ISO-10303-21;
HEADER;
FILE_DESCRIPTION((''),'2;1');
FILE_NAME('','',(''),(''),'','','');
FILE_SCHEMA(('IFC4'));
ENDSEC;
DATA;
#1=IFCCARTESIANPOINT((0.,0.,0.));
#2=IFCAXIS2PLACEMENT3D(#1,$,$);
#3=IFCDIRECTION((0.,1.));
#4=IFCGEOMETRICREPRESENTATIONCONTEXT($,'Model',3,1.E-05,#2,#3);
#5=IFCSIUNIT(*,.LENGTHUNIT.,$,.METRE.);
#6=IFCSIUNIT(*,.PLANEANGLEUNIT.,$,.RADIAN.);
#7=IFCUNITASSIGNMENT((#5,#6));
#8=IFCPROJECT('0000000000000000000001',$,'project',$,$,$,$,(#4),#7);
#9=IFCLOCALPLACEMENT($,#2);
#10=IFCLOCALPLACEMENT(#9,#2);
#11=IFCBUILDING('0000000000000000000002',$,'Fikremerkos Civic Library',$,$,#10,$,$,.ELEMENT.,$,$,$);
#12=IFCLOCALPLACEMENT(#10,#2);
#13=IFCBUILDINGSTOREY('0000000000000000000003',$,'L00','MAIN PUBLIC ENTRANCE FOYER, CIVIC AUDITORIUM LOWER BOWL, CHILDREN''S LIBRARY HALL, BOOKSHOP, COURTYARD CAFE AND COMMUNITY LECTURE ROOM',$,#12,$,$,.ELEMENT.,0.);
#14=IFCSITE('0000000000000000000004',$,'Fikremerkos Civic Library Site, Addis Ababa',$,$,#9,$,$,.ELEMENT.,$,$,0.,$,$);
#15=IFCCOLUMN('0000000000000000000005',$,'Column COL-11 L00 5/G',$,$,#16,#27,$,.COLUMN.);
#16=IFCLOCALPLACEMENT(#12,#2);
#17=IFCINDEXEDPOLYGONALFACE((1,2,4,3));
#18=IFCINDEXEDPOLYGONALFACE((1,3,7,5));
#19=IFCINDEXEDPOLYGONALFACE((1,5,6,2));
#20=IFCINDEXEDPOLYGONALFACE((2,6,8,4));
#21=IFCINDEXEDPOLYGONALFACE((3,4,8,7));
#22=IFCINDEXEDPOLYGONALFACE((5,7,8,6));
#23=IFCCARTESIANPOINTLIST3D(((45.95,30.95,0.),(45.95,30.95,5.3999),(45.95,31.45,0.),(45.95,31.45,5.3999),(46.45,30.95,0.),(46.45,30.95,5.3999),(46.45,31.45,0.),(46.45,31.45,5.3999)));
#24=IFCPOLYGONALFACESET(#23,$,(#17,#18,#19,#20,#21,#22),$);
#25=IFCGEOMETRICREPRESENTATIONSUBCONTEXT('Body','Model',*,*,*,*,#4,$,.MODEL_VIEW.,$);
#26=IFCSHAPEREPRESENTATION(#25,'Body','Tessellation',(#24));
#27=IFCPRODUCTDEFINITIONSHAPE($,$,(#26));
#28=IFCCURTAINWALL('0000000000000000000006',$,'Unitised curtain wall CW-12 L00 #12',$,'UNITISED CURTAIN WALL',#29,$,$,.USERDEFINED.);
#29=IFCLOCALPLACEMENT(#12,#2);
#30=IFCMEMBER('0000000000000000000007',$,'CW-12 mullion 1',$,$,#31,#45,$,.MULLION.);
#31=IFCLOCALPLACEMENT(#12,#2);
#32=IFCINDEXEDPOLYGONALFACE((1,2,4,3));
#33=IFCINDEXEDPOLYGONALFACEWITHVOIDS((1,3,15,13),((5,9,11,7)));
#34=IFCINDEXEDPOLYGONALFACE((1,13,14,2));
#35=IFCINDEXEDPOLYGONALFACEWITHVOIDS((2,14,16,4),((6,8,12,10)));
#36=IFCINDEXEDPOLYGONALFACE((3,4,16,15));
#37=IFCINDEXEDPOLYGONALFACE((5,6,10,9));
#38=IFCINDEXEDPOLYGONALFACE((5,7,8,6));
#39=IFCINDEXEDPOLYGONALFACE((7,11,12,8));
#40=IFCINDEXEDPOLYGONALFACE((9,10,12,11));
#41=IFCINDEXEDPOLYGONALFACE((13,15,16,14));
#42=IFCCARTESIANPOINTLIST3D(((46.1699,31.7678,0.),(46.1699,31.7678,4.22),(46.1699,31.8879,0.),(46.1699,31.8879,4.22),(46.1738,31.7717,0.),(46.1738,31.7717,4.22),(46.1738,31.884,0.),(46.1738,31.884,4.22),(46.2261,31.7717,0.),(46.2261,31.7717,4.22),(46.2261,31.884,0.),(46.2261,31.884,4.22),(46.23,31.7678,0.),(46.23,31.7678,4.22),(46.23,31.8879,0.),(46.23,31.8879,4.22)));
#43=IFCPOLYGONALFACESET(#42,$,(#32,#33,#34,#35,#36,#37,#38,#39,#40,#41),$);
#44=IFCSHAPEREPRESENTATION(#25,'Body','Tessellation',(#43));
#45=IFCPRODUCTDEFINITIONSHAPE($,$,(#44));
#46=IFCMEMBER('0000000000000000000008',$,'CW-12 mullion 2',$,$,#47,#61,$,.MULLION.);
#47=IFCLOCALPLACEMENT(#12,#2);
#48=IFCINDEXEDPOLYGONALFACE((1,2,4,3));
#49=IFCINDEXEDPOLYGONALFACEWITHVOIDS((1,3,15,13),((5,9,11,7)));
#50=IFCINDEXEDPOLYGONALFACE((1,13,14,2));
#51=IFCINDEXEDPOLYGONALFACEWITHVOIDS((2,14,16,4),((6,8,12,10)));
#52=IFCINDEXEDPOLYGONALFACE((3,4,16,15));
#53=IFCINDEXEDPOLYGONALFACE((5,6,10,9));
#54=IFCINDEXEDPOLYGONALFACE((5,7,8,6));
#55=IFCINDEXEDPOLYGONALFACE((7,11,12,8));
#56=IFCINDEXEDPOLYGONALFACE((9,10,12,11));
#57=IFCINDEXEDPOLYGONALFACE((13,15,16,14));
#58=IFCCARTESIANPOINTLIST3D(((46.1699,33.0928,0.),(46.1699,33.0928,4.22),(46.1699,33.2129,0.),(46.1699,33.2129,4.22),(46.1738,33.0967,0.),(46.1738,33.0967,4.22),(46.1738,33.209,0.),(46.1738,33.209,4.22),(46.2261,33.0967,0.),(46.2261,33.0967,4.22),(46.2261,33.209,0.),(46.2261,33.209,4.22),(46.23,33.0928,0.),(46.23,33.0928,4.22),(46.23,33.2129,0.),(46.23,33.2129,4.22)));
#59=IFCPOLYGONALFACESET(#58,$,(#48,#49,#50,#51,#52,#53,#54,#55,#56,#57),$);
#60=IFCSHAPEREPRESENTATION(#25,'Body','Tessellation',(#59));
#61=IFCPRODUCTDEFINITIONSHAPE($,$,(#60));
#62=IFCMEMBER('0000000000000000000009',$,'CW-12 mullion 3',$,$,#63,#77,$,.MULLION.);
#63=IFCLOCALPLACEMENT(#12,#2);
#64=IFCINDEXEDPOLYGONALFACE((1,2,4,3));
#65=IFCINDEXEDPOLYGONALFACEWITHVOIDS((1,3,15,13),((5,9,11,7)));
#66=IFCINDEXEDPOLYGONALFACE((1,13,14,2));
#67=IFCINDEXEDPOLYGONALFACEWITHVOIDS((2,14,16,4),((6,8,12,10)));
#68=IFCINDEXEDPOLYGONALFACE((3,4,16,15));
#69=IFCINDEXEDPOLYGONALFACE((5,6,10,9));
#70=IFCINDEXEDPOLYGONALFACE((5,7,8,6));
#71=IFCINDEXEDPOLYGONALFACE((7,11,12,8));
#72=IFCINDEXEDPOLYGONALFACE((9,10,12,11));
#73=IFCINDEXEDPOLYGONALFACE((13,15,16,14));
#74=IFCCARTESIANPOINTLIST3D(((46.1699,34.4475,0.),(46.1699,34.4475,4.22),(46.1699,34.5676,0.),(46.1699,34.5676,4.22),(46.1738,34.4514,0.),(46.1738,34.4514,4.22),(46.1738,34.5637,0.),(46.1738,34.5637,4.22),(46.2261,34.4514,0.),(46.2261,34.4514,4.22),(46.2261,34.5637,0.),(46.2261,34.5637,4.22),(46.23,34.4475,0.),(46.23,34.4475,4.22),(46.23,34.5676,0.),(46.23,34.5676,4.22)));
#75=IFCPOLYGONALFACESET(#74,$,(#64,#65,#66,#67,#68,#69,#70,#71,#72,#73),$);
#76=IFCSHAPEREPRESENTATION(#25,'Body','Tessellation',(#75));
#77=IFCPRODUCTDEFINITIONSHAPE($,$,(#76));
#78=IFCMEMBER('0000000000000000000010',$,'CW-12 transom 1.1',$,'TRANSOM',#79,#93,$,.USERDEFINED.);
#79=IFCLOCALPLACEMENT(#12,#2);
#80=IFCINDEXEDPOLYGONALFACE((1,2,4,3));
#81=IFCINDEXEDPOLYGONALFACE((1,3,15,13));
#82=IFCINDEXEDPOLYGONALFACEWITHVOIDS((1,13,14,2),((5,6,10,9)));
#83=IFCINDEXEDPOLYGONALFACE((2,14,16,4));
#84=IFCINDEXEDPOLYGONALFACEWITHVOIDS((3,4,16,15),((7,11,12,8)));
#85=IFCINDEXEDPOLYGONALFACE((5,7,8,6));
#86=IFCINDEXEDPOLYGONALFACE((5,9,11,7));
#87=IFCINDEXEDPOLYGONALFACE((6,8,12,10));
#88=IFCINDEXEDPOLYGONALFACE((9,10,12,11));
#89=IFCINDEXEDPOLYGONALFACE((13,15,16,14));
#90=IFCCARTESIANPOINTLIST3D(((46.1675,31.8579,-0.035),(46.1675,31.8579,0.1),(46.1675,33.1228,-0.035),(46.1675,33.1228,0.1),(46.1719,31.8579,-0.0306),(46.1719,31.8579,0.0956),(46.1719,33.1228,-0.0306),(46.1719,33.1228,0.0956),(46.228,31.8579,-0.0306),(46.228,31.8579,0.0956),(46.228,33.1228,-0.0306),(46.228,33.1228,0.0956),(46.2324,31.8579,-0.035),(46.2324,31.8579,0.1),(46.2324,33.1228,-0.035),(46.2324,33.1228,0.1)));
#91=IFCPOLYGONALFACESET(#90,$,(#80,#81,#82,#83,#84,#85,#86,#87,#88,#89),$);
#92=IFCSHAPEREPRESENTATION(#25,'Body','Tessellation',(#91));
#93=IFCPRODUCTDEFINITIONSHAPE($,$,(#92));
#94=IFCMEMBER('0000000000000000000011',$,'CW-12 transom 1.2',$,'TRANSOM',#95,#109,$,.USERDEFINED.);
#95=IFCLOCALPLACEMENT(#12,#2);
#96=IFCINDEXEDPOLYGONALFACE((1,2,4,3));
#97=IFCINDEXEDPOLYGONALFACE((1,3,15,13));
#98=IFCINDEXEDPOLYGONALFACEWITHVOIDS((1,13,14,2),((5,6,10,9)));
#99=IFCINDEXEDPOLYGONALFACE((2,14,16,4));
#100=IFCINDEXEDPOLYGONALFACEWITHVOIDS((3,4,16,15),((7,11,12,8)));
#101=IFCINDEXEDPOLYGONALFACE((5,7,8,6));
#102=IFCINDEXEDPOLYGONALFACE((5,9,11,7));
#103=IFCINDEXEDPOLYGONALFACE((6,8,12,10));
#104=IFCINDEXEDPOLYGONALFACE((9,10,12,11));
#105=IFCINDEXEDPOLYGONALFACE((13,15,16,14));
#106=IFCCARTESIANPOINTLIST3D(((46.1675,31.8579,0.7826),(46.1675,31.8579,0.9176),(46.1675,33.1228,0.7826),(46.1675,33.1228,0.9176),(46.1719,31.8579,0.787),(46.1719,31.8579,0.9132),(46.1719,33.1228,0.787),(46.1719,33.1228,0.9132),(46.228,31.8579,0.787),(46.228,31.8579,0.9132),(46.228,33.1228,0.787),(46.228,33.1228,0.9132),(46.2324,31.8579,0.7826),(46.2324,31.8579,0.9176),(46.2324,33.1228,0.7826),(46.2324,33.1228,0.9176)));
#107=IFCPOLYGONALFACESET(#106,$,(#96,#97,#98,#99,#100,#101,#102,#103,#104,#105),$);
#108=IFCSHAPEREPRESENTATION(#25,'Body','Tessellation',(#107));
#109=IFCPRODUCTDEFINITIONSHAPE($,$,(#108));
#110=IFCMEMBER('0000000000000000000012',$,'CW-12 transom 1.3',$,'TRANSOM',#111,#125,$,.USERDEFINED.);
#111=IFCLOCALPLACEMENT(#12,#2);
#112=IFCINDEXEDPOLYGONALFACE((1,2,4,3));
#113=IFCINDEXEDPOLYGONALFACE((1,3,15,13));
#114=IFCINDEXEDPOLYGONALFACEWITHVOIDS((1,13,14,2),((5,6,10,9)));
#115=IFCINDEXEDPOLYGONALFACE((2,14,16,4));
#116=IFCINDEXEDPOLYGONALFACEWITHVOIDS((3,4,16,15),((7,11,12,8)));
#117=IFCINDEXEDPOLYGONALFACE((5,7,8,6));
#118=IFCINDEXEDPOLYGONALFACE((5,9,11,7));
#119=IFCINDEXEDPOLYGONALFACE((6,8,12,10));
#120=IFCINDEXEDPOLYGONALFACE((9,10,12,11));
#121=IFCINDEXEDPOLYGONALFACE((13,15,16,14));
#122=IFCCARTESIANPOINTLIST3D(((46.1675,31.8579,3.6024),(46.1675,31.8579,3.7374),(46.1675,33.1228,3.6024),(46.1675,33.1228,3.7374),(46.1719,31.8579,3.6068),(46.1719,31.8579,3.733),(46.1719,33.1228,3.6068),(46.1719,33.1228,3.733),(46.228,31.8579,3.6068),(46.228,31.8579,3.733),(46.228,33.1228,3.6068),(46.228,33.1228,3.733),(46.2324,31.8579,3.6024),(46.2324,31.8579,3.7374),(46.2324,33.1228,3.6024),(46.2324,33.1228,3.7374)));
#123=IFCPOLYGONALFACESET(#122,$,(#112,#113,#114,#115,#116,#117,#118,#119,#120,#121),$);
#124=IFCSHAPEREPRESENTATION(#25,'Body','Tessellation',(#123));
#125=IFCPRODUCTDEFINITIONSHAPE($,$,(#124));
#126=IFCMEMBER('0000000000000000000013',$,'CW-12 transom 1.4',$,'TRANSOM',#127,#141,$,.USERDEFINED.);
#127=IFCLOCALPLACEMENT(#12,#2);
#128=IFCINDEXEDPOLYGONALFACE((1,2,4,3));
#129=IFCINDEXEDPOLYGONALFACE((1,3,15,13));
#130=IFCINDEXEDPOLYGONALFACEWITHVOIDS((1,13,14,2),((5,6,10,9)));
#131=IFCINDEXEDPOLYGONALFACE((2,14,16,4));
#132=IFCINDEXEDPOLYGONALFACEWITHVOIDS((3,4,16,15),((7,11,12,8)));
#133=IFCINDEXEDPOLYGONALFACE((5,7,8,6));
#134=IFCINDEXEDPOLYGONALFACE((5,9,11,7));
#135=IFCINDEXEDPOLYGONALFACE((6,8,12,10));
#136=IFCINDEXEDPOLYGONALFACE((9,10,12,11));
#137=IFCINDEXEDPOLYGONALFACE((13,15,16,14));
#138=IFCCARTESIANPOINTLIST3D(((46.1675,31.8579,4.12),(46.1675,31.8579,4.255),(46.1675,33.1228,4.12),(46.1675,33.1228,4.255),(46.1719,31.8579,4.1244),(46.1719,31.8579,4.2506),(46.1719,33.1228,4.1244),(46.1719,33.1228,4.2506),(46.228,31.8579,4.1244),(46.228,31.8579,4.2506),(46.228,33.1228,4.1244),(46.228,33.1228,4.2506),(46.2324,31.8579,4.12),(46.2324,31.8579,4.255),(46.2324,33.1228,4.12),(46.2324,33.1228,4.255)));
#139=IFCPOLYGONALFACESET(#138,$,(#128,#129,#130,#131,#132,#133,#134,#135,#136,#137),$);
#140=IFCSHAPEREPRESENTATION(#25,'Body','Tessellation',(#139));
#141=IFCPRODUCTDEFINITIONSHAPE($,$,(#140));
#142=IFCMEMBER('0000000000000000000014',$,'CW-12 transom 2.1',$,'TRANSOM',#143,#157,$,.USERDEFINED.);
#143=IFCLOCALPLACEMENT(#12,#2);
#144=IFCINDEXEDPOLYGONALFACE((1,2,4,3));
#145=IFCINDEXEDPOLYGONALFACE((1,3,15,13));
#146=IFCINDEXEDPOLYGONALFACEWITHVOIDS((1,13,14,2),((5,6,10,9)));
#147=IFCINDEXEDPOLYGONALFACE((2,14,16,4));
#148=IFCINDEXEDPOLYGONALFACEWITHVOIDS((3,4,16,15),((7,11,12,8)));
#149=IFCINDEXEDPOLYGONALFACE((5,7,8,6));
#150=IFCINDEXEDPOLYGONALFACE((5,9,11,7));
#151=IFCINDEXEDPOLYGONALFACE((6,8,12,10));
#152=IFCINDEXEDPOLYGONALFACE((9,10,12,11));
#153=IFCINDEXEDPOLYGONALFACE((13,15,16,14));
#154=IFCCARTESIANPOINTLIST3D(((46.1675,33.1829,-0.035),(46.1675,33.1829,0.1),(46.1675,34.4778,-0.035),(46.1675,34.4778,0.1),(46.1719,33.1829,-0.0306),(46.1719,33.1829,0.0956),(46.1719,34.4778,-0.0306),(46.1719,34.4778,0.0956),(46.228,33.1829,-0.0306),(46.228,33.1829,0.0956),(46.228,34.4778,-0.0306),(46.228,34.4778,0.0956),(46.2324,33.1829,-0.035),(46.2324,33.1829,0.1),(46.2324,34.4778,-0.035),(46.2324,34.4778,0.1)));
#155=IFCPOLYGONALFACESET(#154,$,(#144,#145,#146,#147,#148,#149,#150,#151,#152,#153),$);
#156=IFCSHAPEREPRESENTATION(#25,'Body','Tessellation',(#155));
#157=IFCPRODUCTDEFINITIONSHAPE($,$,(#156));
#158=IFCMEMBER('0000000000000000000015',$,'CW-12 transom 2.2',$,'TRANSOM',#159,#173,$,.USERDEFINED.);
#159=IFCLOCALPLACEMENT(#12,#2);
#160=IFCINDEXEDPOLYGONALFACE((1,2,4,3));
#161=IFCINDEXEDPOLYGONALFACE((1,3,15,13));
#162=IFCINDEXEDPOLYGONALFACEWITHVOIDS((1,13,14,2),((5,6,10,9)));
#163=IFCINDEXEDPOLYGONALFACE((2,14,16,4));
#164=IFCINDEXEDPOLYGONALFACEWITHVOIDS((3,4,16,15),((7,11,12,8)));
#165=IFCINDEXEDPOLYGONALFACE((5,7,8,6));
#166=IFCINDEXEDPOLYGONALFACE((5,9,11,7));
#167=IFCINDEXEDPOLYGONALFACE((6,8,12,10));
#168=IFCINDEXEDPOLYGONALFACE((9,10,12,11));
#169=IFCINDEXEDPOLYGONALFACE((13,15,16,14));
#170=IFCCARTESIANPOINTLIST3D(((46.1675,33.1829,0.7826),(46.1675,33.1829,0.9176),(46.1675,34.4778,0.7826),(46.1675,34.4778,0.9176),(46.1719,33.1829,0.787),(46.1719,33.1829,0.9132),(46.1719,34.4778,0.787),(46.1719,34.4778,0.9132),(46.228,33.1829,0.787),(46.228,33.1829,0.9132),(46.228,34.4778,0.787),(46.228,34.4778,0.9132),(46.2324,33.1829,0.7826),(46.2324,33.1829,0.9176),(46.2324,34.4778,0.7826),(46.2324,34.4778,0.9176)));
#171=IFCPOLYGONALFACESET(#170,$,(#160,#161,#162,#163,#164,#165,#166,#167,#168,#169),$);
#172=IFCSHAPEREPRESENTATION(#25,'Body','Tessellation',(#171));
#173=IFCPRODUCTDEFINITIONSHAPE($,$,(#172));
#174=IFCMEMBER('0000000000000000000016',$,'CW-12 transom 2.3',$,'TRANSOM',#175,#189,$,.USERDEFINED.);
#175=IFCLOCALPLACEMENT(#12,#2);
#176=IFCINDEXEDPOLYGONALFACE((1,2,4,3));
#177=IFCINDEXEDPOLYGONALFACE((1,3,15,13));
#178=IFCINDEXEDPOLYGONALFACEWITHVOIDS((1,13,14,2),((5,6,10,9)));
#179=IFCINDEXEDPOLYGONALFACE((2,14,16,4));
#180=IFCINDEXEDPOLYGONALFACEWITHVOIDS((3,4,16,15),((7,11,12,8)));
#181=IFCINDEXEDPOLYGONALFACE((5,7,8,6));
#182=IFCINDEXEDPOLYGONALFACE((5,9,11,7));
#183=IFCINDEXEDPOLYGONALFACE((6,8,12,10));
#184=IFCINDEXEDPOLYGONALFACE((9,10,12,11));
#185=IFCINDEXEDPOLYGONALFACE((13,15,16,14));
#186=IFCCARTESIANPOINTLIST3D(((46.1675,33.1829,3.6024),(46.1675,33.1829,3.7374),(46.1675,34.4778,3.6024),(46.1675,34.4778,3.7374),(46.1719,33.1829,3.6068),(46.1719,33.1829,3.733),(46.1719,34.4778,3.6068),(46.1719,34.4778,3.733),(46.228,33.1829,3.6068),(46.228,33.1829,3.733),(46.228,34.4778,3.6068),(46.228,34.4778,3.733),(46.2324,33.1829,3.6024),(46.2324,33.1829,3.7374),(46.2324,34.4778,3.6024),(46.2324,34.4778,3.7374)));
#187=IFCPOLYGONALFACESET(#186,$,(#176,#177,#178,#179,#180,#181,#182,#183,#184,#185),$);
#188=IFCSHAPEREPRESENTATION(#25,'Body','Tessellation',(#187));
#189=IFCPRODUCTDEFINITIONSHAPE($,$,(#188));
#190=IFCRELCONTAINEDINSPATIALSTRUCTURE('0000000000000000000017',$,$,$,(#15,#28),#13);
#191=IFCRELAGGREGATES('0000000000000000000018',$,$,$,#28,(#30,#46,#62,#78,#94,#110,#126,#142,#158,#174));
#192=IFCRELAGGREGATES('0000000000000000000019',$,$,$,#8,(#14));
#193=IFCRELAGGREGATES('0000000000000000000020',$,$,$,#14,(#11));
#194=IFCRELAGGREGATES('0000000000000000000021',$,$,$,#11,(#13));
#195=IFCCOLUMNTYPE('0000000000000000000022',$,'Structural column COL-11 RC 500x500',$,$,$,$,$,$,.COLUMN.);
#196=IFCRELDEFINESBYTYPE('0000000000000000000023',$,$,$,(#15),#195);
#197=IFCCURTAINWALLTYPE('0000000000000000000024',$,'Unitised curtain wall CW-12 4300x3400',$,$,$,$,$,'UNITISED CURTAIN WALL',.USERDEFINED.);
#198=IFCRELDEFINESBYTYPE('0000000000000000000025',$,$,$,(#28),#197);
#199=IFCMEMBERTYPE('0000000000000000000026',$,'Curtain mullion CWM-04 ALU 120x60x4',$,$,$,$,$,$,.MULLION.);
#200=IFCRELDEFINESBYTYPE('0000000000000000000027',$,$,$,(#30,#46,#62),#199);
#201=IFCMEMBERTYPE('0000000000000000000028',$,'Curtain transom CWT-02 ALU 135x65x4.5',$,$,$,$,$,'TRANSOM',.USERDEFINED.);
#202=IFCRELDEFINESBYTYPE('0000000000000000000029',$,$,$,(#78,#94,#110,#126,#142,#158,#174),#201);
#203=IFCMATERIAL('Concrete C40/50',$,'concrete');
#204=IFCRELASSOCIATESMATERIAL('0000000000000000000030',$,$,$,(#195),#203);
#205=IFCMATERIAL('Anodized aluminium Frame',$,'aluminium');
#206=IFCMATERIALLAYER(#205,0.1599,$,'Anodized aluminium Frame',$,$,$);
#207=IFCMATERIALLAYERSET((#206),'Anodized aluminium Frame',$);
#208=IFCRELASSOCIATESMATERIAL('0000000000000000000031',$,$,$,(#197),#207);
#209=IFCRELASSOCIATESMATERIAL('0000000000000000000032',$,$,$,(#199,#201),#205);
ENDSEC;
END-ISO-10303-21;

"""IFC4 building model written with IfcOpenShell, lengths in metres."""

from ifc_helpers import new_model, si_unit, direction, frame, origin, origin_2d, place, context, subcontext, project, spatial, rectangle, hollow_rectangle, extrude, material, layer, layer_set, material_profile, profile_set, type_object, element, aggregate, save


model = new_model("IFC4")

# Units and contexts
model_context = context("Model", 3, precision=1e-05, world=origin(), true_north=direction((0.0, 1.0)))
body_context = subcontext(model_context, "Body", "Model", "MODEL_VIEW")
ifc_project = project(units=[si_unit("LENGTHUNIT", "METRE"), si_unit("PLANEANGLEUNIT", "RADIAN")], contexts=[model_context])

# Site, building, storey
site_placement = place(None, origin())
site = spatial("IfcSite", under=ifc_project, at=site_placement, Name="Fikremerkos Civic Library Site, Addis Ababa", CompositionType="ELEMENT", RefElevation=0.0)
building_placement = place(site_placement, origin())
building = spatial("IfcBuilding", under=site, at=building_placement, Name="Fikremerkos Civic Library", CompositionType="ELEMENT")
storey_placement = place(building_placement, origin())
storey = spatial("IfcBuildingStorey", under=building, at=storey_placement, Name="L00", Description="MAIN PUBLIC ENTRANCE FOYER, CIVIC AUDITORIUM LOWER BOWL, CHILDREN'S LIBRARY HALL, BOOKSHOP, COURTYARD CAFE AND COMMUNITY LECTURE ROOM", CompositionType="ELEMENT", Elevation=0.0)

# Column
ifc_material_1 = material(Name="Concrete C40/50", Category="concrete")
ifc_material_profile_1 = material_profile(ifc_material_1, rectangle(XDim=0.5, YDim=0.5, at=origin_2d()), Name="RC 500x500")
ifc_profile_set_1 = profile_set([ifc_material_profile_1], Name="Concrete C40/50")
column_type = type_object("IfcColumnType", Name="Structural column COL-11 RC 500x500", PredefinedType="COLUMN", material=ifc_profile_set_1)
column_placement = place(storey_placement, frame((46.2, 31.2, 0.0), z_axis=(0.0, 0.0, 1.0), x_axis=(1.0, 0.0, 0.0)))
element("IfcColumn", 1, at=column_placement, inside=storey, type_object=column_type, Name="Column COL-11 L00 5/G", PredefinedType="COLUMN", context=body_context, shape_type="SweptSolid", body=[
    extrude(rectangle(XDim=0.5, YDim=0.5, at=origin_2d()), origin(), (0.0, 0.0, 1.0), 5.3999),
])

# Curtain wall, members
ifc_material_2 = material(Name="Anodized aluminium Frame", Category="aluminium")
ifc_layer_1 = layer(ifc_material_2, 0.1599, Name="Anodized aluminium Frame")
ifc_layer_set_1 = layer_set([ifc_layer_1], Name="Anodized aluminium Frame")
curtain_wall_type = type_object("IfcCurtainWallType", Name="Unitised curtain wall CW-12 4300x3400", ElementType="UNITISED CURTAIN WALL", PredefinedType="USERDEFINED", material=ifc_layer_set_1)
curtain_wall_placement = place(storey_placement, origin())
curtain_wall = element("IfcCurtainWall", 2, at=curtain_wall_placement, inside=storey, type_object=curtain_wall_type, Name="Unitised curtain wall CW-12 L00 #12", ObjectType="UNITISED CURTAIN WALL", PredefinedType="USERDEFINED")
ifc_material_profile_2 = material_profile(ifc_material_2, hollow_rectangle(XDim=0.0601, YDim=0.1201, WallThickness=0.0039, at=origin_2d()), Name="ALU 120x60x4")
ifc_profile_set_2 = profile_set([ifc_material_profile_2], Name="Anodized aluminium Frame")
member_type_1 = type_object("IfcMemberType", Name="Curtain mullion CWM-04 ALU 120x60x4", PredefinedType="MULLION", material=ifc_profile_set_2)
member_1_placement = place(storey_placement, frame((46.2, 31.8279, 0.0), z_axis=(0.0, 0.0, 1.0), x_axis=(-1.0, 0.0, 0.0)))
member_1 = element("IfcMember", 3, at=member_1_placement, type_object=member_type_1, Name="CW-12 mullion 1", PredefinedType="MULLION", context=body_context, shape_type="SweptSolid", body=[
    extrude(hollow_rectangle(XDim=0.0601, YDim=0.1201, WallThickness=0.0039, at=origin_2d()), origin(), (0.0, 0.0, 1.0), 4.22),
])
member_2_placement = place(storey_placement, frame((46.2, 33.1528, 0.0), z_axis=(0.0, 0.0, 1.0), x_axis=(-1.0, 0.0, 0.0)))
member_2 = element("IfcMember", 4, at=member_2_placement, type_object=member_type_1, Name="CW-12 mullion 2", PredefinedType="MULLION", context=body_context, shape_type="SweptSolid", body=[
    extrude(hollow_rectangle(XDim=0.0601, YDim=0.1201, WallThickness=0.0039, at=origin_2d()), origin(), (0.0, 0.0, 1.0), 4.22),
])
member_3_placement = place(storey_placement, frame((46.2, 34.5076, 0.0), z_axis=(0.0, 0.0, 1.0), x_axis=(-1.0, 0.0, 0.0)))
member_3 = element("IfcMember", 5, at=member_3_placement, type_object=member_type_1, Name="CW-12 mullion 3", PredefinedType="MULLION", context=body_context, shape_type="SweptSolid", body=[
    extrude(hollow_rectangle(XDim=0.0601, YDim=0.1201, WallThickness=0.0039, at=origin_2d()), origin(), (0.0, 0.0, 1.0), 4.22),
])
ifc_material_profile_3 = material_profile(ifc_material_2, hollow_rectangle(XDim=0.0649, YDim=0.135, WallThickness=0.0044, at=origin_2d()), Name="ALU 135x65x4.5")
ifc_profile_set_3 = profile_set([ifc_material_profile_3], Name="Anodized aluminium Frame")
member_type_2 = type_object("IfcMemberType", Name="Curtain transom CWT-02 ALU 135x65x4.5", ElementType="TRANSOM", PredefinedType="USERDEFINED", material=ifc_profile_set_3)
member_4_placement = place(storey_placement, frame((46.2, 31.8579, 0.0325), z_axis=(0.0, 1.0, 0.0), x_axis=(-1.0, 0.0, 0.0)))
member_4 = element("IfcMember", 6, at=member_4_placement, type_object=member_type_2, Name="CW-12 transom 1.1", ObjectType="TRANSOM", PredefinedType="USERDEFINED", context=body_context, shape_type="SweptSolid", body=[
    extrude(hollow_rectangle(XDim=0.0649, YDim=0.135, WallThickness=0.0044, at=origin_2d()), origin(), (0.0, 0.0, 1.0), 1.2649),
])
member_5_placement = place(storey_placement, frame((46.2, 31.8579, 0.8501), z_axis=(0.0, 1.0, 0.0), x_axis=(-1.0, 0.0, 0.0)))
member_5 = element("IfcMember", 7, at=member_5_placement, type_object=member_type_2, Name="CW-12 transom 1.2", ObjectType="TRANSOM", PredefinedType="USERDEFINED", context=body_context, shape_type="SweptSolid", body=[
    extrude(hollow_rectangle(XDim=0.0649, YDim=0.135, WallThickness=0.0044, at=origin_2d()), origin(), (0.0, 0.0, 1.0), 1.2649),
])
member_6_placement = place(storey_placement, frame((46.2, 31.8579, 3.6699), z_axis=(0.0, 1.0, 0.0), x_axis=(-1.0, 0.0, 0.0)))
member_6 = element("IfcMember", 8, at=member_6_placement, type_object=member_type_2, Name="CW-12 transom 1.3", ObjectType="TRANSOM", PredefinedType="USERDEFINED", context=body_context, shape_type="SweptSolid", body=[
    extrude(hollow_rectangle(XDim=0.0649, YDim=0.135, WallThickness=0.0044, at=origin_2d()), origin(), (0.0, 0.0, 1.0), 1.2649),
])
member_7_placement = place(storey_placement, frame((46.2, 31.8579, 4.1875), z_axis=(0.0, 1.0, 0.0), x_axis=(-1.0, 0.0, 0.0)))
member_7 = element("IfcMember", 9, at=member_7_placement, type_object=member_type_2, Name="CW-12 transom 1.4", ObjectType="TRANSOM", PredefinedType="USERDEFINED", context=body_context, shape_type="SweptSolid", body=[
    extrude(hollow_rectangle(XDim=0.0649, YDim=0.135, WallThickness=0.0044, at=origin_2d()), origin(), (0.0, 0.0, 1.0), 1.2649),
])
member_8_placement = place(storey_placement, frame((46.2, 33.1829, 0.0325), z_axis=(0.0, 1.0, 0.0), x_axis=(-1.0, 0.0, 0.0)))
member_8 = element("IfcMember", 10, at=member_8_placement, type_object=member_type_2, Name="CW-12 transom 2.1", ObjectType="TRANSOM", PredefinedType="USERDEFINED", context=body_context, shape_type="SweptSolid", body=[
    extrude(hollow_rectangle(XDim=0.0649, YDim=0.135, WallThickness=0.0044, at=origin_2d()), origin(), (0.0, 0.0, 1.0), 1.2949),
])
member_9_placement = place(storey_placement, frame((46.2, 33.1829, 0.8501), z_axis=(0.0, 1.0, 0.0), x_axis=(-1.0, 0.0, 0.0)))
member_9 = element("IfcMember", 11, at=member_9_placement, type_object=member_type_2, Name="CW-12 transom 2.2", ObjectType="TRANSOM", PredefinedType="USERDEFINED", context=body_context, shape_type="SweptSolid", body=[
    extrude(hollow_rectangle(XDim=0.0649, YDim=0.135, WallThickness=0.0044, at=origin_2d()), origin(), (0.0, 0.0, 1.0), 1.2949),
])
member_10_placement = place(storey_placement, frame((46.2, 33.1829, 3.6699), z_axis=(0.0, 1.0, 0.0), x_axis=(-1.0, 0.0, 0.0)))
member_10 = element("IfcMember", 12, at=member_10_placement, type_object=member_type_2, Name="CW-12 transom 2.3", ObjectType="TRANSOM", PredefinedType="USERDEFINED", context=body_context, shape_type="SweptSolid", body=[
    extrude(hollow_rectangle(XDim=0.0649, YDim=0.135, WallThickness=0.0044, at=origin_2d()), origin(), (0.0, 0.0, 1.0), 1.2949),
])

aggregate(curtain_wall, [member_1, member_2, member_3, member_4, member_5, member_6, member_7, member_8, member_9, member_10])

save(model, "model.ifc")
